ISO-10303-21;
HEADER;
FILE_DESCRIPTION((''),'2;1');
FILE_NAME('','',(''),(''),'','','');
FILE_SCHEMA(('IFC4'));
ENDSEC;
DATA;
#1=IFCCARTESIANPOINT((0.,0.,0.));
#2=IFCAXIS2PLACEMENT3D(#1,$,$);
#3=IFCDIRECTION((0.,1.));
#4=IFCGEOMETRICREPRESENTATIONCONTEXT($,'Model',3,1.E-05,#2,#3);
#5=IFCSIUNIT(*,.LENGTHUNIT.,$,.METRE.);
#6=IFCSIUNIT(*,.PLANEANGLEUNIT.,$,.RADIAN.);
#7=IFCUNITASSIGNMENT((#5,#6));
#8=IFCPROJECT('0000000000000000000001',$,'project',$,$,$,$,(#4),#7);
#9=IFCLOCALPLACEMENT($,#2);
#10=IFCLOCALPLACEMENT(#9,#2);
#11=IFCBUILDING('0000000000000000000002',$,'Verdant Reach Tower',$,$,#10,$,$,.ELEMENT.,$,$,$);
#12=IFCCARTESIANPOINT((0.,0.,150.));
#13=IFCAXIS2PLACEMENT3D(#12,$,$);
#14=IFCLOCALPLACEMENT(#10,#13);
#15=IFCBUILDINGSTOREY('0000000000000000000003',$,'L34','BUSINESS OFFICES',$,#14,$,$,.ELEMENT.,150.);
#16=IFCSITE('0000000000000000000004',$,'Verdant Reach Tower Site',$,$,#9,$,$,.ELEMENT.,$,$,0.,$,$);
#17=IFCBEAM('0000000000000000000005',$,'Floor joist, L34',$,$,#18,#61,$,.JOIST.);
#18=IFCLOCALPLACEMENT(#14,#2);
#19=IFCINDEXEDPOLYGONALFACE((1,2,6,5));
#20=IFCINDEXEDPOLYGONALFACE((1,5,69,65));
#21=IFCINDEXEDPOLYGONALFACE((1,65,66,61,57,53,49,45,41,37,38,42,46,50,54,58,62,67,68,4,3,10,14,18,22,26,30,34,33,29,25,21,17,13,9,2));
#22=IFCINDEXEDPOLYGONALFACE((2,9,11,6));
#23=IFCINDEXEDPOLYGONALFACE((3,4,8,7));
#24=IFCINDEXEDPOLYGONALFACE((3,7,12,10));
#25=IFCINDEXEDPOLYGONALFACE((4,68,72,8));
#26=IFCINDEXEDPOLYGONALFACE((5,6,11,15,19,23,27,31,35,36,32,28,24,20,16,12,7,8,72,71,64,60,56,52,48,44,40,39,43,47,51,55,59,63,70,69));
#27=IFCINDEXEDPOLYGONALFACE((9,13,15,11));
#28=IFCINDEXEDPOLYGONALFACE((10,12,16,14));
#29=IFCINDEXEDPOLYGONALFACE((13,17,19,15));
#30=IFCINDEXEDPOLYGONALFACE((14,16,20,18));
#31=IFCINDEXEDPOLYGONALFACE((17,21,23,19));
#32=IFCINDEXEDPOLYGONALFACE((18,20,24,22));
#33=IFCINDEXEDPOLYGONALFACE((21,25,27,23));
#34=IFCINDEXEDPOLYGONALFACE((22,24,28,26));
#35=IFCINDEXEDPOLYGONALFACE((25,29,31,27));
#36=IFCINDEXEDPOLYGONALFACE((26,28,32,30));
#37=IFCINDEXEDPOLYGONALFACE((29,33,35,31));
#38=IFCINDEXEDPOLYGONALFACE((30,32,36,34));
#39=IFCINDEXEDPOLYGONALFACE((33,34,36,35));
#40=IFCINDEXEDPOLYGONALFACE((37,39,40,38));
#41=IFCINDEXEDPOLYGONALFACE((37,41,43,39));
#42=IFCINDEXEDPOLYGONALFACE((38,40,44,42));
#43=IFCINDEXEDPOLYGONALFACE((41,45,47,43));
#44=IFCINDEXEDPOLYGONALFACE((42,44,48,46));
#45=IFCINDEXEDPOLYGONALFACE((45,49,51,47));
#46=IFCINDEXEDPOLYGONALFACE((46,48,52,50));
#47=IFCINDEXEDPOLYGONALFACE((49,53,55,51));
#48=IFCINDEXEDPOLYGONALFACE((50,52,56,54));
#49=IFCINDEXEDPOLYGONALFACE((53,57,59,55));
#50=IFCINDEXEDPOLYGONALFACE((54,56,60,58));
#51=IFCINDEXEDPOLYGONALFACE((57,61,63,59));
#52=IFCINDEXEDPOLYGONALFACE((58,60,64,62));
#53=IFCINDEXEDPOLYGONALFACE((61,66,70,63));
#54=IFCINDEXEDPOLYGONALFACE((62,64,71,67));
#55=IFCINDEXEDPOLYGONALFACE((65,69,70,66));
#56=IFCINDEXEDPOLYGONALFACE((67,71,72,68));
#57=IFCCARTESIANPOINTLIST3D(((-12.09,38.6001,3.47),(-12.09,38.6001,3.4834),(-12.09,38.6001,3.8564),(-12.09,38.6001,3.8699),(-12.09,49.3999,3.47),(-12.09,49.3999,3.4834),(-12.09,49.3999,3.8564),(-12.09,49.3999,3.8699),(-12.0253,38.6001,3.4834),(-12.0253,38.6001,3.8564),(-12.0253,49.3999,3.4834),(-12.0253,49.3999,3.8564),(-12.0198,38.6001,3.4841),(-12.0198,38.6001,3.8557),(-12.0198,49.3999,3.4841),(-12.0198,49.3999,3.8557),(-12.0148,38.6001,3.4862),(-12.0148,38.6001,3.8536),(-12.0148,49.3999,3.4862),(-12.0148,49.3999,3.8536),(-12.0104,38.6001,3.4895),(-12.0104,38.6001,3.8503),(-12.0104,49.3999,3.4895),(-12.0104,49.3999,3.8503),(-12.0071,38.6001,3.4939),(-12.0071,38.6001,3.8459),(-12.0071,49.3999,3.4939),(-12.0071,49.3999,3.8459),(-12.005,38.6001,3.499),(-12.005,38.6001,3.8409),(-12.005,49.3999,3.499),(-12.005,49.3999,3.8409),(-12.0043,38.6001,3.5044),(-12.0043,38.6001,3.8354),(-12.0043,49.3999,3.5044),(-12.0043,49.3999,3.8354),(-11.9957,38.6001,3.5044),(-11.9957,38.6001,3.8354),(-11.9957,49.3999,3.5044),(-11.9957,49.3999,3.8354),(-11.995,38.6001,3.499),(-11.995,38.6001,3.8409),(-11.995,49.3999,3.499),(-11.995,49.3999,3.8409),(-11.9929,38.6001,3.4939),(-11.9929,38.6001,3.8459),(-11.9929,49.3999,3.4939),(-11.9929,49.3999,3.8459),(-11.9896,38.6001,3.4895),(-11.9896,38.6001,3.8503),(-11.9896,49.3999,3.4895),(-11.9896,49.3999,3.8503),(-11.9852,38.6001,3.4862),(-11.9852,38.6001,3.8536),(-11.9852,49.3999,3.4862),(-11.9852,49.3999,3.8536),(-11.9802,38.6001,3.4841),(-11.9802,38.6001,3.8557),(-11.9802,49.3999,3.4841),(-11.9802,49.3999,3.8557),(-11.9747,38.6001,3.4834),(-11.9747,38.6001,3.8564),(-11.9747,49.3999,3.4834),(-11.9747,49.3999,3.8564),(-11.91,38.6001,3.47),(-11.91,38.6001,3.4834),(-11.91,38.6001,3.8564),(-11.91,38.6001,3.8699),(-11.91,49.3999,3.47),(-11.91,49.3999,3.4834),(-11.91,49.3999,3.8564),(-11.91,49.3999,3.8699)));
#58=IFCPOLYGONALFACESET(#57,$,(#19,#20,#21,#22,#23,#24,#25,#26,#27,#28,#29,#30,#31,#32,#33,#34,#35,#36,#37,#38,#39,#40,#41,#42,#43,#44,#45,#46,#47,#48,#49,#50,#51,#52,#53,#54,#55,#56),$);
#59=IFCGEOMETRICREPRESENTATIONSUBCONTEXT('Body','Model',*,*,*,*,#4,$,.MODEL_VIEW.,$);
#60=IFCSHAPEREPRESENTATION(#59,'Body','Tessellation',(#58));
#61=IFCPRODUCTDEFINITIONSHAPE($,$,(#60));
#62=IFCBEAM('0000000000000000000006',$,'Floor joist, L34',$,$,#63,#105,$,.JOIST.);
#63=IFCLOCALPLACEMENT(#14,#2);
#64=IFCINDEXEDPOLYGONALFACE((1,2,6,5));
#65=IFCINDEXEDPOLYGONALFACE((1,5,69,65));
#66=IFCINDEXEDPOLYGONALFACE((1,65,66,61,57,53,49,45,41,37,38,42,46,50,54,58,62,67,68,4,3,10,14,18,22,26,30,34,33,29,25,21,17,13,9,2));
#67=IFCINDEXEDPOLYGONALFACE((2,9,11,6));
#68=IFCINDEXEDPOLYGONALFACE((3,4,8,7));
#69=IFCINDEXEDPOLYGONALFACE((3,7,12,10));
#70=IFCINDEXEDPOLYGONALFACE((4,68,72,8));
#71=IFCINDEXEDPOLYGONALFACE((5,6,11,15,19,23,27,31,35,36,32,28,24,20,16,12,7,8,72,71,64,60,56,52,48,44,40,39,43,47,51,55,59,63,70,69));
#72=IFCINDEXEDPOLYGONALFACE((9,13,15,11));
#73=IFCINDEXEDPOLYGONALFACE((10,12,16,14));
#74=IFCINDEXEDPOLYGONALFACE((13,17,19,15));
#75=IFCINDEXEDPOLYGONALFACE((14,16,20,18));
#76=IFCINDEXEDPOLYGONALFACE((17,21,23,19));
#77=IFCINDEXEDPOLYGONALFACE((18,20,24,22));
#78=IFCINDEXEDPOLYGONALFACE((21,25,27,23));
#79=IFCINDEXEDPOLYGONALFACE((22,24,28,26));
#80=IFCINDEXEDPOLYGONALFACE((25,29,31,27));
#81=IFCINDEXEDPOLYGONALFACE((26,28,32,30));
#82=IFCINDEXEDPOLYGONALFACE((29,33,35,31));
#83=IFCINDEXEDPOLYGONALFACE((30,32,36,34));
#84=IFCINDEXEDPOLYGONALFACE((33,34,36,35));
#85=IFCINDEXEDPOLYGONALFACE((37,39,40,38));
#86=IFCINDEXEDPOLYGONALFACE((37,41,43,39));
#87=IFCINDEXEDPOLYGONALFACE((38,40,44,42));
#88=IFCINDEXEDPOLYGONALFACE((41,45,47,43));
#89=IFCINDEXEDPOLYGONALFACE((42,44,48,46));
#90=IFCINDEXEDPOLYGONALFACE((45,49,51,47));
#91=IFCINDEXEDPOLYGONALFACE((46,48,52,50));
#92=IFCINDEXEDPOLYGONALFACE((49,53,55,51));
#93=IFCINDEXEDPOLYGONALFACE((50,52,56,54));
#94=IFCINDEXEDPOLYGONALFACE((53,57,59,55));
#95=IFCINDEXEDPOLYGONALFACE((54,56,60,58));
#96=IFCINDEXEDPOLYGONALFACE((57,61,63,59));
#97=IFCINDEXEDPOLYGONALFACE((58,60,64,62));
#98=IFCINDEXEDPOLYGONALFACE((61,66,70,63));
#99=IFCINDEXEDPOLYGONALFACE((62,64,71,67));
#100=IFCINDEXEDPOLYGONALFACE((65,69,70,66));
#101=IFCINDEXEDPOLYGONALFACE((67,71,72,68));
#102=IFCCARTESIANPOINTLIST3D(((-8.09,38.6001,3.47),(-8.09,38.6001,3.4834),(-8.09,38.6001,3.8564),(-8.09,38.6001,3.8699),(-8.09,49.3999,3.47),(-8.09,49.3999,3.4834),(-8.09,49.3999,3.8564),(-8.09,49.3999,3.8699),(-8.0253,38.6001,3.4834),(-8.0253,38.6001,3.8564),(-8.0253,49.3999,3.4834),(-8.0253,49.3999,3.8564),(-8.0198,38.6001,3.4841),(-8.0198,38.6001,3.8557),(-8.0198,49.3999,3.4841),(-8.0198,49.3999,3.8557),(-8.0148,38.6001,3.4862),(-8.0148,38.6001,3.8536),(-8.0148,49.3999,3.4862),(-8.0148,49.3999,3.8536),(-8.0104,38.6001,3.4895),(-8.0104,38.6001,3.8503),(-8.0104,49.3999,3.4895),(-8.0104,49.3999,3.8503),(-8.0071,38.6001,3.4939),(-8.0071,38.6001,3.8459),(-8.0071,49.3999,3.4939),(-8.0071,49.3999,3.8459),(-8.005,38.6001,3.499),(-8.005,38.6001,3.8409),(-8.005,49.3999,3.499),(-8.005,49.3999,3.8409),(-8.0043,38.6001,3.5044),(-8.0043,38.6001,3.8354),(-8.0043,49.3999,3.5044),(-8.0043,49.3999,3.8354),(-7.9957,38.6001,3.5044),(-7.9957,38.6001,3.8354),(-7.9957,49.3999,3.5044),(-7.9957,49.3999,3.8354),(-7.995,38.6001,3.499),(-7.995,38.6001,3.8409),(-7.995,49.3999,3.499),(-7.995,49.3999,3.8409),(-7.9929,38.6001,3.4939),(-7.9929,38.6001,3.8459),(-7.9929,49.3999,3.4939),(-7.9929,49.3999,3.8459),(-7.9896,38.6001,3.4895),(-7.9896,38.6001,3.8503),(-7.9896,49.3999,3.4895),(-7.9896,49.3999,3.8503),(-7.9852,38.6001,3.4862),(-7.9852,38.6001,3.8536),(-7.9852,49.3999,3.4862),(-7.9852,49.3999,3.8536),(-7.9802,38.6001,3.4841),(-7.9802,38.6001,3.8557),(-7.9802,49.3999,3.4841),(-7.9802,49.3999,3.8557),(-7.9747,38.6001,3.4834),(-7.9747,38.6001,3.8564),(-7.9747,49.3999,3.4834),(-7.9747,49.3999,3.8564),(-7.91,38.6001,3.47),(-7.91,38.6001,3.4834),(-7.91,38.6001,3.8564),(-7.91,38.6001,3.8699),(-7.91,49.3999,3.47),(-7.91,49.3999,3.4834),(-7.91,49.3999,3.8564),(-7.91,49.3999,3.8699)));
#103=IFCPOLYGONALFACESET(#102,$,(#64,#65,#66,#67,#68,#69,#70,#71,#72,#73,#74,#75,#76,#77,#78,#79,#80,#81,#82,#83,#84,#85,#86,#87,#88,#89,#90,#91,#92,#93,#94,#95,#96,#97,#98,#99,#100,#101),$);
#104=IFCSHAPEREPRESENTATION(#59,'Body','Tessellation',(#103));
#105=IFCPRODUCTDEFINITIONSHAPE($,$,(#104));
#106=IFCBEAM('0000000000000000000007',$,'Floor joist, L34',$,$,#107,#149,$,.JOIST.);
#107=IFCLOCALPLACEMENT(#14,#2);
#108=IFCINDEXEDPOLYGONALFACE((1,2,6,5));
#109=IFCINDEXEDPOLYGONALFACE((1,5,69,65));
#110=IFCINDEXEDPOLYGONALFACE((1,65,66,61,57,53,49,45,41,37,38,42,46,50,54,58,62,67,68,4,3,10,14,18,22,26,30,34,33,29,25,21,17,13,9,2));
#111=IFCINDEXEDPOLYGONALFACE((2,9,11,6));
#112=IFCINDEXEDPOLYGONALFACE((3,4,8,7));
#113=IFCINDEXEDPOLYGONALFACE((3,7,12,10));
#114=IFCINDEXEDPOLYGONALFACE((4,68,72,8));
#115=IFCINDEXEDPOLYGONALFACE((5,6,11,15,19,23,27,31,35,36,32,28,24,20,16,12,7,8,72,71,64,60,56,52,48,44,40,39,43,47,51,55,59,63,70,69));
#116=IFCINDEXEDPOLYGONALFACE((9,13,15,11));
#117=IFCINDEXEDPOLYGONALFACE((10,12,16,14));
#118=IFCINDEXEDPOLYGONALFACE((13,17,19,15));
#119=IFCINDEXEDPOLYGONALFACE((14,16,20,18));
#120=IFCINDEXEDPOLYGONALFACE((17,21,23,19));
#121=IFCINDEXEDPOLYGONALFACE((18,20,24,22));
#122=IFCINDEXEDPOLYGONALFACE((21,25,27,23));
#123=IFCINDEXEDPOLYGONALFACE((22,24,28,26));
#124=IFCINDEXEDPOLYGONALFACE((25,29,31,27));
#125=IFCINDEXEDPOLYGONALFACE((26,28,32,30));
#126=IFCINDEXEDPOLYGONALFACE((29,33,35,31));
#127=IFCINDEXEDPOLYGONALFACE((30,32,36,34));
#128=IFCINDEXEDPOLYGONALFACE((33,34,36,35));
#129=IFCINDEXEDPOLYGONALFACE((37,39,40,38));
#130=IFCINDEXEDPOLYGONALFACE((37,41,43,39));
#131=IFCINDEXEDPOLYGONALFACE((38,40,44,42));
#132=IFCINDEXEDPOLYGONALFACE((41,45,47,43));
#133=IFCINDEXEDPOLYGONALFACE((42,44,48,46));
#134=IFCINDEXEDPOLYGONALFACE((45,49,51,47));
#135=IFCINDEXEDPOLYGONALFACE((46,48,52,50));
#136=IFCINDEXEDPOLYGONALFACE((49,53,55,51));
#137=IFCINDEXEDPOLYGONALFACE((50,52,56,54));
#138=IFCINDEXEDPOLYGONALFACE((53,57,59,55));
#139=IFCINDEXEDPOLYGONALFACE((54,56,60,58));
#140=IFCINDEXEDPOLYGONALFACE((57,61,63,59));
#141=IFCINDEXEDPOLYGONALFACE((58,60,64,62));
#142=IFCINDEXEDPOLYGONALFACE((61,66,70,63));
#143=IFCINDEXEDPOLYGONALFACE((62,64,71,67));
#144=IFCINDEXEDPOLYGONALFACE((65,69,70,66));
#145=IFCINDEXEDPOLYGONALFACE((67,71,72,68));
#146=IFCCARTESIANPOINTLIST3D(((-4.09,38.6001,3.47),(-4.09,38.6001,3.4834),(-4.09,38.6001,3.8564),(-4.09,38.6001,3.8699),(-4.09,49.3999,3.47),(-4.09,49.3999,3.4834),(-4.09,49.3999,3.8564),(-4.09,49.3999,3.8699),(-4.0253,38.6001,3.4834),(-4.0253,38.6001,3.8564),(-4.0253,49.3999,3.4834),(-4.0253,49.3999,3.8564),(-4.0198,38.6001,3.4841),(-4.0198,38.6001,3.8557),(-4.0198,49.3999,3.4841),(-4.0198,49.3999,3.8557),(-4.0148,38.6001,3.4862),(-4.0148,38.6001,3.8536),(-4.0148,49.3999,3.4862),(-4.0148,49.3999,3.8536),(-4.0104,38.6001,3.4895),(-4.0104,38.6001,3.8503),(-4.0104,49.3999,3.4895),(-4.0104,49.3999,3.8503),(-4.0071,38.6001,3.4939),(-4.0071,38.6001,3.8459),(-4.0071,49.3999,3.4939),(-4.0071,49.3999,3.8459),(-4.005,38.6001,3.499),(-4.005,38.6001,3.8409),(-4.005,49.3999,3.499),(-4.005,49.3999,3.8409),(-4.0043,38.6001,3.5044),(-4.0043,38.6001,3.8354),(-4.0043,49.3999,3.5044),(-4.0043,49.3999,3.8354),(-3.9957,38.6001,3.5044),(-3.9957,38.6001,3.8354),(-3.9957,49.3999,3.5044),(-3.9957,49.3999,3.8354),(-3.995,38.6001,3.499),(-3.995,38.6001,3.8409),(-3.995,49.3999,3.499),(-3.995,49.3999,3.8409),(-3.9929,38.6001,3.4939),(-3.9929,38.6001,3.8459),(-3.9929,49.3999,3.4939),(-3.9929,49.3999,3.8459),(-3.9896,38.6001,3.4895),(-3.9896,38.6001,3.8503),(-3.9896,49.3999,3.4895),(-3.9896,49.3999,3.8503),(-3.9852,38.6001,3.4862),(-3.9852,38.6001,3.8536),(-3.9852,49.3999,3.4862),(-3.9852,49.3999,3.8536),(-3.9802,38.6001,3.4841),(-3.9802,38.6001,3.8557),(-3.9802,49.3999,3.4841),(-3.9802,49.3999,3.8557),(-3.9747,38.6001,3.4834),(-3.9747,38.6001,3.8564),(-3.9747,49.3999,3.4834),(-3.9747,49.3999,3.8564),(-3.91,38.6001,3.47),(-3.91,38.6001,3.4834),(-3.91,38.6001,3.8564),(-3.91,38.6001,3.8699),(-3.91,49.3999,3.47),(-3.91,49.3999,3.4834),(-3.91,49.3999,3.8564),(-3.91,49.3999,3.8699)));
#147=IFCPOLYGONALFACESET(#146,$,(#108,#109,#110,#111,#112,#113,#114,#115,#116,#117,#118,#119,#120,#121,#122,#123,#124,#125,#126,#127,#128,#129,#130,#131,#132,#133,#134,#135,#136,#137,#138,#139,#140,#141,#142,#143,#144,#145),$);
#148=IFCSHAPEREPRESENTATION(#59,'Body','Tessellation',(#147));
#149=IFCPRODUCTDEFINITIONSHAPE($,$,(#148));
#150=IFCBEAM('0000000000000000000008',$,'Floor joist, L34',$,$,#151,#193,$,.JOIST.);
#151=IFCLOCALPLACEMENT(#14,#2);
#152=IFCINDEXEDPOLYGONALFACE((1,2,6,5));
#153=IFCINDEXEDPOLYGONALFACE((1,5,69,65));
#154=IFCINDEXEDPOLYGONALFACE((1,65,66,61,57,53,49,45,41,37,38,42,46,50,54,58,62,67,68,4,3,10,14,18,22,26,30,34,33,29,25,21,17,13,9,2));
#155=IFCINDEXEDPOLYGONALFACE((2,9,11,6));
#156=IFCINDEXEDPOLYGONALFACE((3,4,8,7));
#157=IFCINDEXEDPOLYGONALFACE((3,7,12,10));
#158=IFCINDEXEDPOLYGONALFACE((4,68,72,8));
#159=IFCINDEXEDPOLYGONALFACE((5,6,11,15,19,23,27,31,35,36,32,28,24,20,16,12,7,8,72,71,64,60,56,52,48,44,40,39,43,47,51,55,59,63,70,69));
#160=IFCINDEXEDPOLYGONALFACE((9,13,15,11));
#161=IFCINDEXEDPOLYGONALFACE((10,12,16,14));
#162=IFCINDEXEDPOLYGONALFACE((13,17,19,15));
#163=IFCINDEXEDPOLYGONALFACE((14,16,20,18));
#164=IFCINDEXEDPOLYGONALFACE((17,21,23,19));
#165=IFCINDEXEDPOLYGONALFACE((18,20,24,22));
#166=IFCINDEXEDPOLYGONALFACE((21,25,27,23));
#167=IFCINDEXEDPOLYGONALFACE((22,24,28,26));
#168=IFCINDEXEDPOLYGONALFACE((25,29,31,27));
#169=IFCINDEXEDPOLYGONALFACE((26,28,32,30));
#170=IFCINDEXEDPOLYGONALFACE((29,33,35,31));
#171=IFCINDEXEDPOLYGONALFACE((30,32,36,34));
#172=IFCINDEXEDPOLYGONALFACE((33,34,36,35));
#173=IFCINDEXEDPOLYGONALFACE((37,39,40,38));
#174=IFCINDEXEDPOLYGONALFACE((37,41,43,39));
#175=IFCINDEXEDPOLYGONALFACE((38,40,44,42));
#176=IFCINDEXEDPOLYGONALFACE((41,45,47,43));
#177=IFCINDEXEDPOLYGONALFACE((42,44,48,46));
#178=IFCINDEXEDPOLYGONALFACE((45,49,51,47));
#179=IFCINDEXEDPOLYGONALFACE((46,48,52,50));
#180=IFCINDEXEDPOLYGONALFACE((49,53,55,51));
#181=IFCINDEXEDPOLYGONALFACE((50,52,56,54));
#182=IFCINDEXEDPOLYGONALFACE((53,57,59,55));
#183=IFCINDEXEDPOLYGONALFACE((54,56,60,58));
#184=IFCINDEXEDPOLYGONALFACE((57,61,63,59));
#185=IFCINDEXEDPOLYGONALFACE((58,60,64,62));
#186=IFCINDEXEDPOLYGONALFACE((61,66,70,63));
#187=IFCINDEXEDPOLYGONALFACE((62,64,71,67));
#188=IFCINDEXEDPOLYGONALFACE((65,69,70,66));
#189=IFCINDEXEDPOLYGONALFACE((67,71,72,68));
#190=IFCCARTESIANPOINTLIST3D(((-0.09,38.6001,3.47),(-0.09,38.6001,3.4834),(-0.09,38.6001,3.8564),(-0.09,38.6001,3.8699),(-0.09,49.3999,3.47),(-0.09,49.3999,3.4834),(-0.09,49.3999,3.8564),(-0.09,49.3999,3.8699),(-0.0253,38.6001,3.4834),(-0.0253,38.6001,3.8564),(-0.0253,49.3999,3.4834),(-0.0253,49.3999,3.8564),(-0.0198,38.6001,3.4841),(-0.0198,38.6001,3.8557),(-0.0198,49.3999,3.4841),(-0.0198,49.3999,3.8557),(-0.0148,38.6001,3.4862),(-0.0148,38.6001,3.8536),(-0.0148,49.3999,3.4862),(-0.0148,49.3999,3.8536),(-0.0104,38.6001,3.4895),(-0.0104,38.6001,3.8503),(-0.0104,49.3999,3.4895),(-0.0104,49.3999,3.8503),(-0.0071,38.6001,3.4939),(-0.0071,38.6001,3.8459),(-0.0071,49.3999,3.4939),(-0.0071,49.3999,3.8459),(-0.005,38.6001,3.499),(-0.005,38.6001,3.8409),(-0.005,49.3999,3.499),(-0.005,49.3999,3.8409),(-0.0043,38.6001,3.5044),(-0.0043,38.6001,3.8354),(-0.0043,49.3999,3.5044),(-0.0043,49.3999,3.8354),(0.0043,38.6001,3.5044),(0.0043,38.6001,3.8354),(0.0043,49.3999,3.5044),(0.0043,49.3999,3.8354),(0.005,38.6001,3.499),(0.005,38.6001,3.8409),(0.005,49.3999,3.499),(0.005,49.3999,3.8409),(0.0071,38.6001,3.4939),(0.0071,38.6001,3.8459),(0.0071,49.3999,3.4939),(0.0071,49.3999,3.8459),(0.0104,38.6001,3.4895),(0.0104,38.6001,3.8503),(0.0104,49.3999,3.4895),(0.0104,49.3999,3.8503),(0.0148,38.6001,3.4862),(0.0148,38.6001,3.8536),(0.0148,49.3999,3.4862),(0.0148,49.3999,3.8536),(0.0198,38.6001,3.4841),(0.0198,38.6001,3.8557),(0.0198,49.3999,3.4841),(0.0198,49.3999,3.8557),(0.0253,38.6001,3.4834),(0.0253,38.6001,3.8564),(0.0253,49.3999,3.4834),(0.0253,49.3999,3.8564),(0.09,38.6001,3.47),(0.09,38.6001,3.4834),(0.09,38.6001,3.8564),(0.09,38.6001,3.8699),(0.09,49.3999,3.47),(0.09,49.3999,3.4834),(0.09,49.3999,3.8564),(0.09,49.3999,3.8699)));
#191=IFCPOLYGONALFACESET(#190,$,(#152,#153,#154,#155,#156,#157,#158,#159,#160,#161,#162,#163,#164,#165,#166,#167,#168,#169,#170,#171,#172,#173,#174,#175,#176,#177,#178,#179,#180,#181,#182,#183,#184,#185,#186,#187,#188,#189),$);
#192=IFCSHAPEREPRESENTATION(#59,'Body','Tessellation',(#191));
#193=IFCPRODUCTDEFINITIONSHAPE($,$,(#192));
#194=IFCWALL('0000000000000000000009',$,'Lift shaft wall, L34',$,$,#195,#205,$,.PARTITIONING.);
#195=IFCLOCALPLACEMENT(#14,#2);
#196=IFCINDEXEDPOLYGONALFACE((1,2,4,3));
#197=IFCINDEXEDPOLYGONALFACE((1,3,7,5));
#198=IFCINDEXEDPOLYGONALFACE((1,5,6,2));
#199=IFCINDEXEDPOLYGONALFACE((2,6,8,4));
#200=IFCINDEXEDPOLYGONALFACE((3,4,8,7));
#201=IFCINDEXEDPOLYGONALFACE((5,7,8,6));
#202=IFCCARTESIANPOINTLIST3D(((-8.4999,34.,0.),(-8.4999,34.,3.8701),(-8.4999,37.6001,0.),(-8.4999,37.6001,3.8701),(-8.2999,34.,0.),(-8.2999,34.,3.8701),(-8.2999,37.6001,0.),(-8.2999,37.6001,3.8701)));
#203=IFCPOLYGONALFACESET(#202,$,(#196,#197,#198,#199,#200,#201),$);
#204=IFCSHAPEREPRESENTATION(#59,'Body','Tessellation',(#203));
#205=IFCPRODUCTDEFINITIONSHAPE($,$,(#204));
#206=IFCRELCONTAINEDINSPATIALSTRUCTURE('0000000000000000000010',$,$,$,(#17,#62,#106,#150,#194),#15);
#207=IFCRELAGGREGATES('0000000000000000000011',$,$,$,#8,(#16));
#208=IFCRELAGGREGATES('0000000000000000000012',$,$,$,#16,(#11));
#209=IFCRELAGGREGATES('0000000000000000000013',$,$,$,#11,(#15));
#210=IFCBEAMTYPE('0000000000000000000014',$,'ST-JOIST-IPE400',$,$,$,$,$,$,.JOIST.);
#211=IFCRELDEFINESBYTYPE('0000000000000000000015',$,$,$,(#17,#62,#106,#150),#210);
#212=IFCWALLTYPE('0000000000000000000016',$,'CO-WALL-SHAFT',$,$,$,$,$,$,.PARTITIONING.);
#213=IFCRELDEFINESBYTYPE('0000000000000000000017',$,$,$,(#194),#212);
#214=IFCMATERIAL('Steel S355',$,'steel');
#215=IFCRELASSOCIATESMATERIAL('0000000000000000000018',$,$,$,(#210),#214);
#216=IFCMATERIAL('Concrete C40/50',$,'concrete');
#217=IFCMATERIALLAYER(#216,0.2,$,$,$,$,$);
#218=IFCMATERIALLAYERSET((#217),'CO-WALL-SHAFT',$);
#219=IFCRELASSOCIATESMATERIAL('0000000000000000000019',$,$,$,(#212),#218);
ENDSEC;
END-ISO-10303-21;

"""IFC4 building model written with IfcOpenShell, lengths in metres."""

from ifc_helpers import new_model, si_unit, direction, frame, frame_2d, origin, origin_2d, place, context, subcontext, project, spatial, rectangle, i_section, extrude, material, layer, layer_set, material_profile, profile_set, type_object, element, save


model = new_model("IFC4")

# Units and contexts
model_context = context("Model", 3, precision=1e-05, world=origin(), true_north=direction((0.0, 1.0)))
body_context = subcontext(model_context, "Body", "Model", "MODEL_VIEW")
ifc_project = project(units=[si_unit("LENGTHUNIT", "METRE"), si_unit("PLANEANGLEUNIT", "RADIAN")], contexts=[model_context])

# Site, building, storey
site_placement = place(None, origin())
site = spatial("IfcSite", under=ifc_project, at=site_placement, Name="Verdant Reach Tower Site", CompositionType="ELEMENT", RefElevation=0.0)
building_placement = place(site_placement, origin())
building = spatial("IfcBuilding", under=site, at=building_placement, Name="Verdant Reach Tower", CompositionType="ELEMENT")
storey_placement = place(building_placement, frame((0.0, 0.0, 150.0)))
storey = spatial("IfcBuildingStorey", under=building, at=storey_placement, Name="L34", Description="BUSINESS OFFICES", CompositionType="ELEMENT", Elevation=150.0)

# Beams
ifc_material_1 = material(Name="Steel S355", Category="steel")
ifc_material_profile_1 = material_profile(ifc_material_1, i_section(OverallWidth=0.1799, OverallDepth=0.3999, WebThickness=0.0085, FlangeThickness=0.0134, FilletRadius=0.021, at=origin_2d()), Name="IPE 400")
ifc_profile_set_1 = profile_set([ifc_material_profile_1], Name="Steel S355")
beam_type_1 = type_object("IfcBeamType", Name="ST-JOIST-IPE400", PredefinedType="JOIST", material=ifc_profile_set_1)
for number, where, z_axis, x_axis, name in (
    (1, (-12.0, 38.6001, 3.6699), (0.0, 1.0, 0.0), (-1.0, 0.0, 0.0), "Floor joist, L34"),
    (2, (-8.0, 38.6001, 3.6699), (0.0, 1.0, 0.0), (-1.0, 0.0, 0.0), "Floor joist, L34"),
    (3, (-4.0, 38.6001, 3.6699), (0.0, 1.0, 0.0), (-1.0, 0.0, 0.0), "Floor joist, L34"),
    (4, (0.0, 38.6001, 3.6699), (0.0, 1.0, 0.0), (-1.0, 0.0, 0.0), "Floor joist, L34"),
):
    element("IfcBeam", number, at=place(storey_placement, frame(where, z_axis=z_axis, x_axis=x_axis)), inside=storey, type_object=beam_type_1, Name=name, PredefinedType="JOIST", context=body_context, shape_type="SweptSolid", body=[
        extrude(i_section(OverallWidth=0.1799, OverallDepth=0.3999, WebThickness=0.0085, FlangeThickness=0.0134, FilletRadius=0.021, at=origin_2d()), origin(), (0.0, 0.0, 1.0), 10.7998),
    ])

# Wall
ifc_material_2 = material(Name="Concrete C40/50", Category="concrete")
ifc_layer_1 = layer(ifc_material_2, 0.2)
ifc_layer_set_1 = layer_set([ifc_layer_1], Name="CO-WALL-SHAFT")
wall_type_1 = type_object("IfcWallType", Name="CO-WALL-SHAFT", PredefinedType="PARTITIONING", material=ifc_layer_set_1)
for number, where, z_axis, x_axis, name in (
    (5, (-8.3999, 34.0, 0.0), (0.0, 0.0, 1.0), (0.0, 1.0, 0.0), "Lift shaft wall, L34"),
):
    element("IfcWall", number, at=place(storey_placement, frame(where, z_axis=z_axis, x_axis=x_axis)), inside=storey, type_object=wall_type_1, Name=name, PredefinedType="PARTITIONING", context=body_context, shape_type="SweptSolid", body=[
        extrude(rectangle(XDim=3.6001, YDim=0.2, at=frame_2d((1.8, 0.0))), origin(), (0.0, 0.0, 1.0), 3.8701),
    ])

save(model, "model.ifc")
